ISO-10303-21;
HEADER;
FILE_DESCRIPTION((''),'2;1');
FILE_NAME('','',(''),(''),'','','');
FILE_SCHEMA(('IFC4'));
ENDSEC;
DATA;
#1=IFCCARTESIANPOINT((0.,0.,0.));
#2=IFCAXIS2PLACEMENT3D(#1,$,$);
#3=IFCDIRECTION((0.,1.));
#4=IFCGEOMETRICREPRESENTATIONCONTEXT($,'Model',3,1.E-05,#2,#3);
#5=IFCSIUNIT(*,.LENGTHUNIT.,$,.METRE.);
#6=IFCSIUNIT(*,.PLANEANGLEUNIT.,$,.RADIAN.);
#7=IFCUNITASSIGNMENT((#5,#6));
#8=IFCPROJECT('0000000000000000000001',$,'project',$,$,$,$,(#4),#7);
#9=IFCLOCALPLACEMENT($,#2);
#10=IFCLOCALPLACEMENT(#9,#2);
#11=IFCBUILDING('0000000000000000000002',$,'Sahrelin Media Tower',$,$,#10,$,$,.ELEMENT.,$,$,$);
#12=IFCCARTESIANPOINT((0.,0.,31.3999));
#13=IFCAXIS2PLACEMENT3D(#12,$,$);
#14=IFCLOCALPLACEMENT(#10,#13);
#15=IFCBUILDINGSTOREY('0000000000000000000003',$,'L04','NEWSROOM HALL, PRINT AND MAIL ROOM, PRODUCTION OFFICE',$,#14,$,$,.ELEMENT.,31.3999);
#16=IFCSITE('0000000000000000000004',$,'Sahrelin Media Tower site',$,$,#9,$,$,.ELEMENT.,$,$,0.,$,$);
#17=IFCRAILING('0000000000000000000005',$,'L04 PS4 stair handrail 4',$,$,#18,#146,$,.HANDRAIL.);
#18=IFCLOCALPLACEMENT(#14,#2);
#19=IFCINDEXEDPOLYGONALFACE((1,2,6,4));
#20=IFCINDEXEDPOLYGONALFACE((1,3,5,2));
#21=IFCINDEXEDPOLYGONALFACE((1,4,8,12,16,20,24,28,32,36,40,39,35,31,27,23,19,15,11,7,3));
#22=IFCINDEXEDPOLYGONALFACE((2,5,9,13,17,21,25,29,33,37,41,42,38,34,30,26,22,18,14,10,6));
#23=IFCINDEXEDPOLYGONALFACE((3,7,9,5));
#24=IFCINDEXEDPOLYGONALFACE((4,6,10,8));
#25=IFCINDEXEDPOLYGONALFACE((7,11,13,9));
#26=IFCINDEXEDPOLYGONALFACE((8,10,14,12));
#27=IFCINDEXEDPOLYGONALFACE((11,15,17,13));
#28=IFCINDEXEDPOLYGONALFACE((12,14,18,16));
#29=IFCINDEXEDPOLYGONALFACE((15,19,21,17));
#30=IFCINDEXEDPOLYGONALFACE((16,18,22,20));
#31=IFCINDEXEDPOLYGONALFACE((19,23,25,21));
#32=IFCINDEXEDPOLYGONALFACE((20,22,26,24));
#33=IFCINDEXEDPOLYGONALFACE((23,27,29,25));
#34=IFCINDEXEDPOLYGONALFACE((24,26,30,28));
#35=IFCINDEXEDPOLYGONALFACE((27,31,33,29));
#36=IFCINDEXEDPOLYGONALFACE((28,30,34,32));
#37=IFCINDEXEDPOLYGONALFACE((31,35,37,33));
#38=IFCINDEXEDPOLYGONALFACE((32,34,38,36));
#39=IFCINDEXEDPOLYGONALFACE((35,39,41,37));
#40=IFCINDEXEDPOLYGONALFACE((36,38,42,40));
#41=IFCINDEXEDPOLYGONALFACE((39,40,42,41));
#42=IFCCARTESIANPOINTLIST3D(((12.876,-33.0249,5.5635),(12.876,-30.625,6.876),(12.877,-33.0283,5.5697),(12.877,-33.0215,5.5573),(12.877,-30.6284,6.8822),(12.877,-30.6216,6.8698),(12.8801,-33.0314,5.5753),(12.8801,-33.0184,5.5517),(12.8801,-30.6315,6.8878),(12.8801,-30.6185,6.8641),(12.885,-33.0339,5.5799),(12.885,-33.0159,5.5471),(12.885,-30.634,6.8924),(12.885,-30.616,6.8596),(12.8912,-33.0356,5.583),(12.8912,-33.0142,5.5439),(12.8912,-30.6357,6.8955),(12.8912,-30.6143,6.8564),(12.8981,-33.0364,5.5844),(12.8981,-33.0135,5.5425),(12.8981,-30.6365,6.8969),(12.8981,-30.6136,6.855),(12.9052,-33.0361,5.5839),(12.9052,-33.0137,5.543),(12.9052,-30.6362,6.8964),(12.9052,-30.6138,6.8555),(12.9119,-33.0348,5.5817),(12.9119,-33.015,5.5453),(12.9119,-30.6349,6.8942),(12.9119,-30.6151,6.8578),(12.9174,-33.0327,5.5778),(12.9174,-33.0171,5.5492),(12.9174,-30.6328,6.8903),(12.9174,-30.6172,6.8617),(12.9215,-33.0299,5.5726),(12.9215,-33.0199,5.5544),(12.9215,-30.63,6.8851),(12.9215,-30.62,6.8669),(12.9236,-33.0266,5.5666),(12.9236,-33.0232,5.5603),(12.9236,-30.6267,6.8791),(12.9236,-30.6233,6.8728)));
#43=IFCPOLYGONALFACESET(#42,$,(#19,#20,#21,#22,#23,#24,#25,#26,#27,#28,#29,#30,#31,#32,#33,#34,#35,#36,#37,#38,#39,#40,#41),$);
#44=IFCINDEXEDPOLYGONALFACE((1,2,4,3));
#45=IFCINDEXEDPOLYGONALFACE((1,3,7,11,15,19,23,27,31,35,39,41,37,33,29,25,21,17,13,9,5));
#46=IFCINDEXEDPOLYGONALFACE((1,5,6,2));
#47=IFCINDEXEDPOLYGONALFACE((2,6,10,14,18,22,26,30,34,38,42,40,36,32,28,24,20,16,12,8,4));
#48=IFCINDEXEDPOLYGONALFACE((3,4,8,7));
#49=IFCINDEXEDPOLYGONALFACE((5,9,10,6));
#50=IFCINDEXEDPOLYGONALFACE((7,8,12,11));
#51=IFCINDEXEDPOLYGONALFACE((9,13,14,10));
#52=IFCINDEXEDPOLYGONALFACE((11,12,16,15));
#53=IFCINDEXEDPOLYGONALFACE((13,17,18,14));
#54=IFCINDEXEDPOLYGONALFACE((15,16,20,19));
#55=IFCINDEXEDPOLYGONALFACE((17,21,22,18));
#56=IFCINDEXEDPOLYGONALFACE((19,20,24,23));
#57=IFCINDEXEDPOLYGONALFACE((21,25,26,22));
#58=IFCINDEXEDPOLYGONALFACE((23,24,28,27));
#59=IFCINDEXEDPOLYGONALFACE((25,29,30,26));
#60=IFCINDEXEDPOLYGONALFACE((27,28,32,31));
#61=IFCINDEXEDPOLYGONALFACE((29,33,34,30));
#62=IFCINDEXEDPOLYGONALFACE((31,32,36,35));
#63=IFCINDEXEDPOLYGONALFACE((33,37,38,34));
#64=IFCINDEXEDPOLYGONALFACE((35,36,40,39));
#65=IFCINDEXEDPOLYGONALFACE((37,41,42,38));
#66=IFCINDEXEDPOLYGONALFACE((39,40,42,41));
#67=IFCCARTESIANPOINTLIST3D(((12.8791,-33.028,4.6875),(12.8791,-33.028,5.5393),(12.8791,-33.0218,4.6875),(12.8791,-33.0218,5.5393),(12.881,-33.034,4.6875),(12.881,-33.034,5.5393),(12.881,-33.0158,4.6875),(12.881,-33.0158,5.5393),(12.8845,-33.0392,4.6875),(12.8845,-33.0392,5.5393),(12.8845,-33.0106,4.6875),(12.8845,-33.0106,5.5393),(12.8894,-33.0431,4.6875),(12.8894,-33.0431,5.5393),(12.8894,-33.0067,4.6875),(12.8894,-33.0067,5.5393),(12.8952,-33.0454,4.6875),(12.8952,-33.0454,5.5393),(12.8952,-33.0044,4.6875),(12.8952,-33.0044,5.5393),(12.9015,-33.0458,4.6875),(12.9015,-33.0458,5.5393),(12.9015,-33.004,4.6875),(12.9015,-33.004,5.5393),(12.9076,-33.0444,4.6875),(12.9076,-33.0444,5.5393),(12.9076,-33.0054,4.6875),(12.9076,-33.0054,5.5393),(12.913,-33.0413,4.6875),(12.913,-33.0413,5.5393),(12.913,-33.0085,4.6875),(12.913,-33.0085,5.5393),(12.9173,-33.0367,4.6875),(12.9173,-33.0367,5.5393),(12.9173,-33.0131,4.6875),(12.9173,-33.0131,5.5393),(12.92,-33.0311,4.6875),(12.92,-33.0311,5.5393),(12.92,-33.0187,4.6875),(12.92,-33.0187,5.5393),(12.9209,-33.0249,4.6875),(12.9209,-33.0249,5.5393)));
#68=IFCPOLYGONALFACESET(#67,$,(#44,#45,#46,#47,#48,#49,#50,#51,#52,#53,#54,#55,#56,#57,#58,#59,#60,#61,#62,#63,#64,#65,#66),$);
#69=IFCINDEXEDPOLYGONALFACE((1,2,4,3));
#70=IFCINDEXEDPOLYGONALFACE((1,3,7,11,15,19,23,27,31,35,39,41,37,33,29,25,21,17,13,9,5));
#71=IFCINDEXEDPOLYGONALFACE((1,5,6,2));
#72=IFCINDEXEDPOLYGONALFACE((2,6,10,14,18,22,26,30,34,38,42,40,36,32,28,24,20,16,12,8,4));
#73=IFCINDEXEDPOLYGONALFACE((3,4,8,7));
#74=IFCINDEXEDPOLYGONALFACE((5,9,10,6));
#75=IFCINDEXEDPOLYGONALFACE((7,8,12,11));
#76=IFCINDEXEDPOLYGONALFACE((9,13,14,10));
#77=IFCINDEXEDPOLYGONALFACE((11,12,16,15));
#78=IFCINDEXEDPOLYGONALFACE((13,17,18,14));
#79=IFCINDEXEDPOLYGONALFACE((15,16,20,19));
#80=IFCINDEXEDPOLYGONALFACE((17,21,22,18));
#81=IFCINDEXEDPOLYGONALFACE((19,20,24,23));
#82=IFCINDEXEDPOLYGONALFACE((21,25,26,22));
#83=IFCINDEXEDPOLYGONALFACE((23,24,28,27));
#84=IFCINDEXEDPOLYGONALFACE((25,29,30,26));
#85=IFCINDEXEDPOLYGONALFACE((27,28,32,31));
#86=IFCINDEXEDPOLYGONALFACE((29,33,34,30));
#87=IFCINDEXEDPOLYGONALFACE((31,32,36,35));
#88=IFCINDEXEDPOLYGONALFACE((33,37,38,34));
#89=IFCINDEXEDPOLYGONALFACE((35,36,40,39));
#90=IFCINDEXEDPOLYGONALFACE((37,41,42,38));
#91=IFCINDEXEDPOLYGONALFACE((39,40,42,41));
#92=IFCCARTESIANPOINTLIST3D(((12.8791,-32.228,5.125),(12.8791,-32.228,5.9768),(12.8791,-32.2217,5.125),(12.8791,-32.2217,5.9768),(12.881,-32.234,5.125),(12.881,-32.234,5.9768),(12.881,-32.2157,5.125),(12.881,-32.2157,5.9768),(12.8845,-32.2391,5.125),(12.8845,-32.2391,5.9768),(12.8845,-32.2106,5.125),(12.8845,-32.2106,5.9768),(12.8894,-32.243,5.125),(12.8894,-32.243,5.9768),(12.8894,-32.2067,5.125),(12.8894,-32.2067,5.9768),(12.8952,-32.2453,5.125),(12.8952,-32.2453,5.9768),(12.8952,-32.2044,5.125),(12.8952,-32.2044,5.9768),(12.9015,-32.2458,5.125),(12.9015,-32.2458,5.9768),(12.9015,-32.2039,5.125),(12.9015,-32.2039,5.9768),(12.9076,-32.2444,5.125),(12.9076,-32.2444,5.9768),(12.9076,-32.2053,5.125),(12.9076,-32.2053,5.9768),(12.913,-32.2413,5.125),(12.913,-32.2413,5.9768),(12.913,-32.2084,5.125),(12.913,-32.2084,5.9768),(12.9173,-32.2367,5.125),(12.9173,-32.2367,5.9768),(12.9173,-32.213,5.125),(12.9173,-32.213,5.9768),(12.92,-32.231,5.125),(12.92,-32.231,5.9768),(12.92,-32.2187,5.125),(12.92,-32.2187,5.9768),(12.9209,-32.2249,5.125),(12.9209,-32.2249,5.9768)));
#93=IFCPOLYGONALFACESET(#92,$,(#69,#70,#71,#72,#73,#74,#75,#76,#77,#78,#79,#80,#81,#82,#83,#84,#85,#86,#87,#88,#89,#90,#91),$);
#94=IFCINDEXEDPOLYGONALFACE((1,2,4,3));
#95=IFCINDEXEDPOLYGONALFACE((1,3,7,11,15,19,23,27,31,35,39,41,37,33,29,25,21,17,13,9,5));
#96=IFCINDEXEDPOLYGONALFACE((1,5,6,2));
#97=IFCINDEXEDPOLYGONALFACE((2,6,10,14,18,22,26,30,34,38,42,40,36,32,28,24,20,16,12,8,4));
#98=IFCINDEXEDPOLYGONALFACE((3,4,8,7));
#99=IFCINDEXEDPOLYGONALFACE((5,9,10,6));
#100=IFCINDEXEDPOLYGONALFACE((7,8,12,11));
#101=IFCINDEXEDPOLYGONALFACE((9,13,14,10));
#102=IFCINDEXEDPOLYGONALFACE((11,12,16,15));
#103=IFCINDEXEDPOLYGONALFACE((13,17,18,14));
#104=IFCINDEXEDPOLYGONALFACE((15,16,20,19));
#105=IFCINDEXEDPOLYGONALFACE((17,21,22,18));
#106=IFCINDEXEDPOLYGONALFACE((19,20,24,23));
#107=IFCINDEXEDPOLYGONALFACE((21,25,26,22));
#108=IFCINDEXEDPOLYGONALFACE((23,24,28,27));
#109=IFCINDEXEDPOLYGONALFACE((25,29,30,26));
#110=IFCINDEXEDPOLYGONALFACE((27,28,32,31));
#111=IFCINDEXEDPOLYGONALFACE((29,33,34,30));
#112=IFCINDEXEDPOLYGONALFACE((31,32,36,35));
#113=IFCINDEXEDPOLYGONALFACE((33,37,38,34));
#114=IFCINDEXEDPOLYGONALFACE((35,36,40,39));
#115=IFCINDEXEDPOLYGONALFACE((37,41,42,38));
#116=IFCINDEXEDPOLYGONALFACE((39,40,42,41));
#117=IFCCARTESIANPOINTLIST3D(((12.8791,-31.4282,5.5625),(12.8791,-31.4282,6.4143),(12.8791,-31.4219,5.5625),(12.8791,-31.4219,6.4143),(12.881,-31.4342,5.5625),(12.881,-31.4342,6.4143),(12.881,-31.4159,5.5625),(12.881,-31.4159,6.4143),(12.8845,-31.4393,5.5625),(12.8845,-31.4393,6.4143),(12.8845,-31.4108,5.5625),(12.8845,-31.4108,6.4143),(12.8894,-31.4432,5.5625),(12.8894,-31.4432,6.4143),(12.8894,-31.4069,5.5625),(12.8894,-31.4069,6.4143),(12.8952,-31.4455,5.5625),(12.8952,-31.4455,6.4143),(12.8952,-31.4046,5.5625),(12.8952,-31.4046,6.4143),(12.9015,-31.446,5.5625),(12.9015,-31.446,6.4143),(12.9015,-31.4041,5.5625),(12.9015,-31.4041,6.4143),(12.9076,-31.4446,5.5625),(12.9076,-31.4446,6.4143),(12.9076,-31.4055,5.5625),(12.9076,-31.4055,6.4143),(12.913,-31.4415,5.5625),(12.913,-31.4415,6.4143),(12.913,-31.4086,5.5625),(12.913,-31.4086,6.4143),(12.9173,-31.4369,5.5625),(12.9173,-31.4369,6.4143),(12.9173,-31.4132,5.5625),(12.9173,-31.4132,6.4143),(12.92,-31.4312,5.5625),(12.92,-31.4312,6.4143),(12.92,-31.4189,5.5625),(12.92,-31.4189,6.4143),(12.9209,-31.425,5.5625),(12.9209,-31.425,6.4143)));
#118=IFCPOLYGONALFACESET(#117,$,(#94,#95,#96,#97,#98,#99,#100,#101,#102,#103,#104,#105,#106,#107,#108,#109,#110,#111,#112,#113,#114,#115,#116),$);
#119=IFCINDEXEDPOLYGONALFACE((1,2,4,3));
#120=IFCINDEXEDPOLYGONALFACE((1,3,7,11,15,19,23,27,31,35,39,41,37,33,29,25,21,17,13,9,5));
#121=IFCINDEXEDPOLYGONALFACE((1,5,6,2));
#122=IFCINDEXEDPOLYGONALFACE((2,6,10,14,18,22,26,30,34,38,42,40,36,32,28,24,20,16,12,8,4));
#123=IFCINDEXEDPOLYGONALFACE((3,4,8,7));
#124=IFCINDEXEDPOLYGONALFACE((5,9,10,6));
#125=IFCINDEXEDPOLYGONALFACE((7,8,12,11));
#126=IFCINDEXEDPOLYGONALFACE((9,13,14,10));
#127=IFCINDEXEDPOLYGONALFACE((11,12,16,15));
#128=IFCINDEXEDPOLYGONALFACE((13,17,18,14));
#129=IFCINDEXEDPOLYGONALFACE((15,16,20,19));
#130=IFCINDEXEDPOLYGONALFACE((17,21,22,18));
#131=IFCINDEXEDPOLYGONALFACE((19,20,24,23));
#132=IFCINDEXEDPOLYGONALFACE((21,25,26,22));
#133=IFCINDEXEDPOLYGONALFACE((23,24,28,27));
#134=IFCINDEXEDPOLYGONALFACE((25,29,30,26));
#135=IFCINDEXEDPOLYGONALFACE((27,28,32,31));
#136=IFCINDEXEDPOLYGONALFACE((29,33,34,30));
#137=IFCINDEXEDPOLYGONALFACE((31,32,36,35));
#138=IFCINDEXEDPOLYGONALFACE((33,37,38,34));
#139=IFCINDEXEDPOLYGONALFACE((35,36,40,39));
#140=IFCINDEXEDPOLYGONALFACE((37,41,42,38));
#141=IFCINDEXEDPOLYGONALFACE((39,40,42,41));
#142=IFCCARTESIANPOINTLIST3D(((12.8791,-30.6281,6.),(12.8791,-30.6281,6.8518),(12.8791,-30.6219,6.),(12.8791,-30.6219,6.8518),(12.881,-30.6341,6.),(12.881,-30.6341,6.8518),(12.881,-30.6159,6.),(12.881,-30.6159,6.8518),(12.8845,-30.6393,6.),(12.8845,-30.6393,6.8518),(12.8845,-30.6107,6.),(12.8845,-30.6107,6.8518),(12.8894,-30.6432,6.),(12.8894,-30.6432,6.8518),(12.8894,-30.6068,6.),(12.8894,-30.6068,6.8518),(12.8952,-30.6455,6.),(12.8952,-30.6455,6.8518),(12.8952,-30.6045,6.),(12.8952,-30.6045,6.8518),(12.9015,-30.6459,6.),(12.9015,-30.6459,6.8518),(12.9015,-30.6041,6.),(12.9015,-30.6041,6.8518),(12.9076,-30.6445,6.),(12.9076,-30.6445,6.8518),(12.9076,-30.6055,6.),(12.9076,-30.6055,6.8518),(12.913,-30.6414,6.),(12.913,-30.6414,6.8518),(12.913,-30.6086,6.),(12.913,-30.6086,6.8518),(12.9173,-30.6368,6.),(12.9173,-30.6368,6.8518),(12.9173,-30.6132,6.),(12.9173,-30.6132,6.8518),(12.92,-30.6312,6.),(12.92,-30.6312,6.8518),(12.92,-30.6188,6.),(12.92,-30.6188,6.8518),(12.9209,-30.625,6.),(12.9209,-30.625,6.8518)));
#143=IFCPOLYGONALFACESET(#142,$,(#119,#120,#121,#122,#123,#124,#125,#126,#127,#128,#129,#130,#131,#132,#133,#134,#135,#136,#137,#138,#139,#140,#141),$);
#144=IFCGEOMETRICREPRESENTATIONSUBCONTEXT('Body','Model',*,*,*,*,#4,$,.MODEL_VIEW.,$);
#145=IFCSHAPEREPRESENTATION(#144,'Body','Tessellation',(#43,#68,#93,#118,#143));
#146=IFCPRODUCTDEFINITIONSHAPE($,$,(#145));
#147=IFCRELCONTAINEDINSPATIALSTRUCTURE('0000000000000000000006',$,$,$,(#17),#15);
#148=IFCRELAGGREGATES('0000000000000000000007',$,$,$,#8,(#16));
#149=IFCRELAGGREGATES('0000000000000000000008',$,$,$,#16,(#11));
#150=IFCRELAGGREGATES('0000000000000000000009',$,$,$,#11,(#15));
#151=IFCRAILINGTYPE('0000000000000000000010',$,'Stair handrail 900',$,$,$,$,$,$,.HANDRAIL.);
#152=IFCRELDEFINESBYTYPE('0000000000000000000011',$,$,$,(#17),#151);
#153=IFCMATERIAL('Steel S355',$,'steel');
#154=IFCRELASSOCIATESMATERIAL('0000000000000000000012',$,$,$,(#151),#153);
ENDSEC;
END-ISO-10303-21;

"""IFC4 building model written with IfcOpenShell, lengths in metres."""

from ifc_helpers import new_model, si_unit, direction, frame, origin, origin_2d, place, context, subcontext, project, spatial, circle, extrude, material, type_object, element, save


model = new_model("IFC4")

# Units and contexts
model_context = context("Model", 3, precision=1e-05, world=origin(), true_north=direction((0.0, 1.0)))
body_context = subcontext(model_context, "Body", "Model", "MODEL_VIEW")
ifc_project = project(units=[si_unit("LENGTHUNIT", "METRE"), si_unit("PLANEANGLEUNIT", "RADIAN")], contexts=[model_context])

# Site, building, storey
site_placement = place(None, origin())
site = spatial("IfcSite", under=ifc_project, at=site_placement, Name="Sahrelin Media Tower site", CompositionType="ELEMENT", RefElevation=0.0)
building_placement = place(site_placement, origin())
building = spatial("IfcBuilding", under=site, at=building_placement, Name="Sahrelin Media Tower", CompositionType="ELEMENT")
storey_placement = place(building_placement, frame((0.0, 0.0, 31.3999)))
storey = spatial("IfcBuildingStorey", under=building, at=storey_placement, Name="L04", Description="NEWSROOM HALL, PRINT AND MAIL ROOM, PRODUCTION OFFICE", CompositionType="ELEMENT", Elevation=31.3999)

# Shared definitions
ifc_material_1 = material(Name="Steel S355", Category="steel")

# Railing
railing_type_1 = type_object("IfcRailingType", Name="Stair handrail 900", PredefinedType="HANDRAIL", material=ifc_material_1)
railing_1_placement = place(storey_placement, frame((12.8999, -33.0249, 4.6875)))
element("IfcRailing", 1, at=railing_1_placement, inside=storey, type_object=railing_type_1, Name="L04 PS4 stair handrail 4", PredefinedType="HANDRAIL", context=body_context, shape_type="SweptSolid", body=[
    extrude(circle(Radius=0.0239, at=origin_2d()), frame((0.0, 0.0, 0.876), z_axis=(0.0, 0.877363, 0.479827), x_axis=(-1.0, 0.0, 0.0)), (0.0, 0.0, 1.0), 2.7354),
    extrude(circle(Radius=0.021, at=origin_2d()), origin(), (0.0, 0.0, 1.0), 0.8518),
    extrude(circle(Radius=0.021, at=origin_2d()), frame((0.0, 0.8, 0.4375)), (0.0, 0.0, 1.0), 0.8518),
    extrude(circle(Radius=0.021, at=origin_2d()), frame((0.0, 1.5999, 0.875)), (0.0, 0.0, 1.0), 0.8518),
    extrude(circle(Radius=0.021, at=origin_2d()), frame((0.0, 2.3999, 1.3125)), (0.0, 0.0, 1.0), 0.8518),
])

save(model, "model.ifc")
